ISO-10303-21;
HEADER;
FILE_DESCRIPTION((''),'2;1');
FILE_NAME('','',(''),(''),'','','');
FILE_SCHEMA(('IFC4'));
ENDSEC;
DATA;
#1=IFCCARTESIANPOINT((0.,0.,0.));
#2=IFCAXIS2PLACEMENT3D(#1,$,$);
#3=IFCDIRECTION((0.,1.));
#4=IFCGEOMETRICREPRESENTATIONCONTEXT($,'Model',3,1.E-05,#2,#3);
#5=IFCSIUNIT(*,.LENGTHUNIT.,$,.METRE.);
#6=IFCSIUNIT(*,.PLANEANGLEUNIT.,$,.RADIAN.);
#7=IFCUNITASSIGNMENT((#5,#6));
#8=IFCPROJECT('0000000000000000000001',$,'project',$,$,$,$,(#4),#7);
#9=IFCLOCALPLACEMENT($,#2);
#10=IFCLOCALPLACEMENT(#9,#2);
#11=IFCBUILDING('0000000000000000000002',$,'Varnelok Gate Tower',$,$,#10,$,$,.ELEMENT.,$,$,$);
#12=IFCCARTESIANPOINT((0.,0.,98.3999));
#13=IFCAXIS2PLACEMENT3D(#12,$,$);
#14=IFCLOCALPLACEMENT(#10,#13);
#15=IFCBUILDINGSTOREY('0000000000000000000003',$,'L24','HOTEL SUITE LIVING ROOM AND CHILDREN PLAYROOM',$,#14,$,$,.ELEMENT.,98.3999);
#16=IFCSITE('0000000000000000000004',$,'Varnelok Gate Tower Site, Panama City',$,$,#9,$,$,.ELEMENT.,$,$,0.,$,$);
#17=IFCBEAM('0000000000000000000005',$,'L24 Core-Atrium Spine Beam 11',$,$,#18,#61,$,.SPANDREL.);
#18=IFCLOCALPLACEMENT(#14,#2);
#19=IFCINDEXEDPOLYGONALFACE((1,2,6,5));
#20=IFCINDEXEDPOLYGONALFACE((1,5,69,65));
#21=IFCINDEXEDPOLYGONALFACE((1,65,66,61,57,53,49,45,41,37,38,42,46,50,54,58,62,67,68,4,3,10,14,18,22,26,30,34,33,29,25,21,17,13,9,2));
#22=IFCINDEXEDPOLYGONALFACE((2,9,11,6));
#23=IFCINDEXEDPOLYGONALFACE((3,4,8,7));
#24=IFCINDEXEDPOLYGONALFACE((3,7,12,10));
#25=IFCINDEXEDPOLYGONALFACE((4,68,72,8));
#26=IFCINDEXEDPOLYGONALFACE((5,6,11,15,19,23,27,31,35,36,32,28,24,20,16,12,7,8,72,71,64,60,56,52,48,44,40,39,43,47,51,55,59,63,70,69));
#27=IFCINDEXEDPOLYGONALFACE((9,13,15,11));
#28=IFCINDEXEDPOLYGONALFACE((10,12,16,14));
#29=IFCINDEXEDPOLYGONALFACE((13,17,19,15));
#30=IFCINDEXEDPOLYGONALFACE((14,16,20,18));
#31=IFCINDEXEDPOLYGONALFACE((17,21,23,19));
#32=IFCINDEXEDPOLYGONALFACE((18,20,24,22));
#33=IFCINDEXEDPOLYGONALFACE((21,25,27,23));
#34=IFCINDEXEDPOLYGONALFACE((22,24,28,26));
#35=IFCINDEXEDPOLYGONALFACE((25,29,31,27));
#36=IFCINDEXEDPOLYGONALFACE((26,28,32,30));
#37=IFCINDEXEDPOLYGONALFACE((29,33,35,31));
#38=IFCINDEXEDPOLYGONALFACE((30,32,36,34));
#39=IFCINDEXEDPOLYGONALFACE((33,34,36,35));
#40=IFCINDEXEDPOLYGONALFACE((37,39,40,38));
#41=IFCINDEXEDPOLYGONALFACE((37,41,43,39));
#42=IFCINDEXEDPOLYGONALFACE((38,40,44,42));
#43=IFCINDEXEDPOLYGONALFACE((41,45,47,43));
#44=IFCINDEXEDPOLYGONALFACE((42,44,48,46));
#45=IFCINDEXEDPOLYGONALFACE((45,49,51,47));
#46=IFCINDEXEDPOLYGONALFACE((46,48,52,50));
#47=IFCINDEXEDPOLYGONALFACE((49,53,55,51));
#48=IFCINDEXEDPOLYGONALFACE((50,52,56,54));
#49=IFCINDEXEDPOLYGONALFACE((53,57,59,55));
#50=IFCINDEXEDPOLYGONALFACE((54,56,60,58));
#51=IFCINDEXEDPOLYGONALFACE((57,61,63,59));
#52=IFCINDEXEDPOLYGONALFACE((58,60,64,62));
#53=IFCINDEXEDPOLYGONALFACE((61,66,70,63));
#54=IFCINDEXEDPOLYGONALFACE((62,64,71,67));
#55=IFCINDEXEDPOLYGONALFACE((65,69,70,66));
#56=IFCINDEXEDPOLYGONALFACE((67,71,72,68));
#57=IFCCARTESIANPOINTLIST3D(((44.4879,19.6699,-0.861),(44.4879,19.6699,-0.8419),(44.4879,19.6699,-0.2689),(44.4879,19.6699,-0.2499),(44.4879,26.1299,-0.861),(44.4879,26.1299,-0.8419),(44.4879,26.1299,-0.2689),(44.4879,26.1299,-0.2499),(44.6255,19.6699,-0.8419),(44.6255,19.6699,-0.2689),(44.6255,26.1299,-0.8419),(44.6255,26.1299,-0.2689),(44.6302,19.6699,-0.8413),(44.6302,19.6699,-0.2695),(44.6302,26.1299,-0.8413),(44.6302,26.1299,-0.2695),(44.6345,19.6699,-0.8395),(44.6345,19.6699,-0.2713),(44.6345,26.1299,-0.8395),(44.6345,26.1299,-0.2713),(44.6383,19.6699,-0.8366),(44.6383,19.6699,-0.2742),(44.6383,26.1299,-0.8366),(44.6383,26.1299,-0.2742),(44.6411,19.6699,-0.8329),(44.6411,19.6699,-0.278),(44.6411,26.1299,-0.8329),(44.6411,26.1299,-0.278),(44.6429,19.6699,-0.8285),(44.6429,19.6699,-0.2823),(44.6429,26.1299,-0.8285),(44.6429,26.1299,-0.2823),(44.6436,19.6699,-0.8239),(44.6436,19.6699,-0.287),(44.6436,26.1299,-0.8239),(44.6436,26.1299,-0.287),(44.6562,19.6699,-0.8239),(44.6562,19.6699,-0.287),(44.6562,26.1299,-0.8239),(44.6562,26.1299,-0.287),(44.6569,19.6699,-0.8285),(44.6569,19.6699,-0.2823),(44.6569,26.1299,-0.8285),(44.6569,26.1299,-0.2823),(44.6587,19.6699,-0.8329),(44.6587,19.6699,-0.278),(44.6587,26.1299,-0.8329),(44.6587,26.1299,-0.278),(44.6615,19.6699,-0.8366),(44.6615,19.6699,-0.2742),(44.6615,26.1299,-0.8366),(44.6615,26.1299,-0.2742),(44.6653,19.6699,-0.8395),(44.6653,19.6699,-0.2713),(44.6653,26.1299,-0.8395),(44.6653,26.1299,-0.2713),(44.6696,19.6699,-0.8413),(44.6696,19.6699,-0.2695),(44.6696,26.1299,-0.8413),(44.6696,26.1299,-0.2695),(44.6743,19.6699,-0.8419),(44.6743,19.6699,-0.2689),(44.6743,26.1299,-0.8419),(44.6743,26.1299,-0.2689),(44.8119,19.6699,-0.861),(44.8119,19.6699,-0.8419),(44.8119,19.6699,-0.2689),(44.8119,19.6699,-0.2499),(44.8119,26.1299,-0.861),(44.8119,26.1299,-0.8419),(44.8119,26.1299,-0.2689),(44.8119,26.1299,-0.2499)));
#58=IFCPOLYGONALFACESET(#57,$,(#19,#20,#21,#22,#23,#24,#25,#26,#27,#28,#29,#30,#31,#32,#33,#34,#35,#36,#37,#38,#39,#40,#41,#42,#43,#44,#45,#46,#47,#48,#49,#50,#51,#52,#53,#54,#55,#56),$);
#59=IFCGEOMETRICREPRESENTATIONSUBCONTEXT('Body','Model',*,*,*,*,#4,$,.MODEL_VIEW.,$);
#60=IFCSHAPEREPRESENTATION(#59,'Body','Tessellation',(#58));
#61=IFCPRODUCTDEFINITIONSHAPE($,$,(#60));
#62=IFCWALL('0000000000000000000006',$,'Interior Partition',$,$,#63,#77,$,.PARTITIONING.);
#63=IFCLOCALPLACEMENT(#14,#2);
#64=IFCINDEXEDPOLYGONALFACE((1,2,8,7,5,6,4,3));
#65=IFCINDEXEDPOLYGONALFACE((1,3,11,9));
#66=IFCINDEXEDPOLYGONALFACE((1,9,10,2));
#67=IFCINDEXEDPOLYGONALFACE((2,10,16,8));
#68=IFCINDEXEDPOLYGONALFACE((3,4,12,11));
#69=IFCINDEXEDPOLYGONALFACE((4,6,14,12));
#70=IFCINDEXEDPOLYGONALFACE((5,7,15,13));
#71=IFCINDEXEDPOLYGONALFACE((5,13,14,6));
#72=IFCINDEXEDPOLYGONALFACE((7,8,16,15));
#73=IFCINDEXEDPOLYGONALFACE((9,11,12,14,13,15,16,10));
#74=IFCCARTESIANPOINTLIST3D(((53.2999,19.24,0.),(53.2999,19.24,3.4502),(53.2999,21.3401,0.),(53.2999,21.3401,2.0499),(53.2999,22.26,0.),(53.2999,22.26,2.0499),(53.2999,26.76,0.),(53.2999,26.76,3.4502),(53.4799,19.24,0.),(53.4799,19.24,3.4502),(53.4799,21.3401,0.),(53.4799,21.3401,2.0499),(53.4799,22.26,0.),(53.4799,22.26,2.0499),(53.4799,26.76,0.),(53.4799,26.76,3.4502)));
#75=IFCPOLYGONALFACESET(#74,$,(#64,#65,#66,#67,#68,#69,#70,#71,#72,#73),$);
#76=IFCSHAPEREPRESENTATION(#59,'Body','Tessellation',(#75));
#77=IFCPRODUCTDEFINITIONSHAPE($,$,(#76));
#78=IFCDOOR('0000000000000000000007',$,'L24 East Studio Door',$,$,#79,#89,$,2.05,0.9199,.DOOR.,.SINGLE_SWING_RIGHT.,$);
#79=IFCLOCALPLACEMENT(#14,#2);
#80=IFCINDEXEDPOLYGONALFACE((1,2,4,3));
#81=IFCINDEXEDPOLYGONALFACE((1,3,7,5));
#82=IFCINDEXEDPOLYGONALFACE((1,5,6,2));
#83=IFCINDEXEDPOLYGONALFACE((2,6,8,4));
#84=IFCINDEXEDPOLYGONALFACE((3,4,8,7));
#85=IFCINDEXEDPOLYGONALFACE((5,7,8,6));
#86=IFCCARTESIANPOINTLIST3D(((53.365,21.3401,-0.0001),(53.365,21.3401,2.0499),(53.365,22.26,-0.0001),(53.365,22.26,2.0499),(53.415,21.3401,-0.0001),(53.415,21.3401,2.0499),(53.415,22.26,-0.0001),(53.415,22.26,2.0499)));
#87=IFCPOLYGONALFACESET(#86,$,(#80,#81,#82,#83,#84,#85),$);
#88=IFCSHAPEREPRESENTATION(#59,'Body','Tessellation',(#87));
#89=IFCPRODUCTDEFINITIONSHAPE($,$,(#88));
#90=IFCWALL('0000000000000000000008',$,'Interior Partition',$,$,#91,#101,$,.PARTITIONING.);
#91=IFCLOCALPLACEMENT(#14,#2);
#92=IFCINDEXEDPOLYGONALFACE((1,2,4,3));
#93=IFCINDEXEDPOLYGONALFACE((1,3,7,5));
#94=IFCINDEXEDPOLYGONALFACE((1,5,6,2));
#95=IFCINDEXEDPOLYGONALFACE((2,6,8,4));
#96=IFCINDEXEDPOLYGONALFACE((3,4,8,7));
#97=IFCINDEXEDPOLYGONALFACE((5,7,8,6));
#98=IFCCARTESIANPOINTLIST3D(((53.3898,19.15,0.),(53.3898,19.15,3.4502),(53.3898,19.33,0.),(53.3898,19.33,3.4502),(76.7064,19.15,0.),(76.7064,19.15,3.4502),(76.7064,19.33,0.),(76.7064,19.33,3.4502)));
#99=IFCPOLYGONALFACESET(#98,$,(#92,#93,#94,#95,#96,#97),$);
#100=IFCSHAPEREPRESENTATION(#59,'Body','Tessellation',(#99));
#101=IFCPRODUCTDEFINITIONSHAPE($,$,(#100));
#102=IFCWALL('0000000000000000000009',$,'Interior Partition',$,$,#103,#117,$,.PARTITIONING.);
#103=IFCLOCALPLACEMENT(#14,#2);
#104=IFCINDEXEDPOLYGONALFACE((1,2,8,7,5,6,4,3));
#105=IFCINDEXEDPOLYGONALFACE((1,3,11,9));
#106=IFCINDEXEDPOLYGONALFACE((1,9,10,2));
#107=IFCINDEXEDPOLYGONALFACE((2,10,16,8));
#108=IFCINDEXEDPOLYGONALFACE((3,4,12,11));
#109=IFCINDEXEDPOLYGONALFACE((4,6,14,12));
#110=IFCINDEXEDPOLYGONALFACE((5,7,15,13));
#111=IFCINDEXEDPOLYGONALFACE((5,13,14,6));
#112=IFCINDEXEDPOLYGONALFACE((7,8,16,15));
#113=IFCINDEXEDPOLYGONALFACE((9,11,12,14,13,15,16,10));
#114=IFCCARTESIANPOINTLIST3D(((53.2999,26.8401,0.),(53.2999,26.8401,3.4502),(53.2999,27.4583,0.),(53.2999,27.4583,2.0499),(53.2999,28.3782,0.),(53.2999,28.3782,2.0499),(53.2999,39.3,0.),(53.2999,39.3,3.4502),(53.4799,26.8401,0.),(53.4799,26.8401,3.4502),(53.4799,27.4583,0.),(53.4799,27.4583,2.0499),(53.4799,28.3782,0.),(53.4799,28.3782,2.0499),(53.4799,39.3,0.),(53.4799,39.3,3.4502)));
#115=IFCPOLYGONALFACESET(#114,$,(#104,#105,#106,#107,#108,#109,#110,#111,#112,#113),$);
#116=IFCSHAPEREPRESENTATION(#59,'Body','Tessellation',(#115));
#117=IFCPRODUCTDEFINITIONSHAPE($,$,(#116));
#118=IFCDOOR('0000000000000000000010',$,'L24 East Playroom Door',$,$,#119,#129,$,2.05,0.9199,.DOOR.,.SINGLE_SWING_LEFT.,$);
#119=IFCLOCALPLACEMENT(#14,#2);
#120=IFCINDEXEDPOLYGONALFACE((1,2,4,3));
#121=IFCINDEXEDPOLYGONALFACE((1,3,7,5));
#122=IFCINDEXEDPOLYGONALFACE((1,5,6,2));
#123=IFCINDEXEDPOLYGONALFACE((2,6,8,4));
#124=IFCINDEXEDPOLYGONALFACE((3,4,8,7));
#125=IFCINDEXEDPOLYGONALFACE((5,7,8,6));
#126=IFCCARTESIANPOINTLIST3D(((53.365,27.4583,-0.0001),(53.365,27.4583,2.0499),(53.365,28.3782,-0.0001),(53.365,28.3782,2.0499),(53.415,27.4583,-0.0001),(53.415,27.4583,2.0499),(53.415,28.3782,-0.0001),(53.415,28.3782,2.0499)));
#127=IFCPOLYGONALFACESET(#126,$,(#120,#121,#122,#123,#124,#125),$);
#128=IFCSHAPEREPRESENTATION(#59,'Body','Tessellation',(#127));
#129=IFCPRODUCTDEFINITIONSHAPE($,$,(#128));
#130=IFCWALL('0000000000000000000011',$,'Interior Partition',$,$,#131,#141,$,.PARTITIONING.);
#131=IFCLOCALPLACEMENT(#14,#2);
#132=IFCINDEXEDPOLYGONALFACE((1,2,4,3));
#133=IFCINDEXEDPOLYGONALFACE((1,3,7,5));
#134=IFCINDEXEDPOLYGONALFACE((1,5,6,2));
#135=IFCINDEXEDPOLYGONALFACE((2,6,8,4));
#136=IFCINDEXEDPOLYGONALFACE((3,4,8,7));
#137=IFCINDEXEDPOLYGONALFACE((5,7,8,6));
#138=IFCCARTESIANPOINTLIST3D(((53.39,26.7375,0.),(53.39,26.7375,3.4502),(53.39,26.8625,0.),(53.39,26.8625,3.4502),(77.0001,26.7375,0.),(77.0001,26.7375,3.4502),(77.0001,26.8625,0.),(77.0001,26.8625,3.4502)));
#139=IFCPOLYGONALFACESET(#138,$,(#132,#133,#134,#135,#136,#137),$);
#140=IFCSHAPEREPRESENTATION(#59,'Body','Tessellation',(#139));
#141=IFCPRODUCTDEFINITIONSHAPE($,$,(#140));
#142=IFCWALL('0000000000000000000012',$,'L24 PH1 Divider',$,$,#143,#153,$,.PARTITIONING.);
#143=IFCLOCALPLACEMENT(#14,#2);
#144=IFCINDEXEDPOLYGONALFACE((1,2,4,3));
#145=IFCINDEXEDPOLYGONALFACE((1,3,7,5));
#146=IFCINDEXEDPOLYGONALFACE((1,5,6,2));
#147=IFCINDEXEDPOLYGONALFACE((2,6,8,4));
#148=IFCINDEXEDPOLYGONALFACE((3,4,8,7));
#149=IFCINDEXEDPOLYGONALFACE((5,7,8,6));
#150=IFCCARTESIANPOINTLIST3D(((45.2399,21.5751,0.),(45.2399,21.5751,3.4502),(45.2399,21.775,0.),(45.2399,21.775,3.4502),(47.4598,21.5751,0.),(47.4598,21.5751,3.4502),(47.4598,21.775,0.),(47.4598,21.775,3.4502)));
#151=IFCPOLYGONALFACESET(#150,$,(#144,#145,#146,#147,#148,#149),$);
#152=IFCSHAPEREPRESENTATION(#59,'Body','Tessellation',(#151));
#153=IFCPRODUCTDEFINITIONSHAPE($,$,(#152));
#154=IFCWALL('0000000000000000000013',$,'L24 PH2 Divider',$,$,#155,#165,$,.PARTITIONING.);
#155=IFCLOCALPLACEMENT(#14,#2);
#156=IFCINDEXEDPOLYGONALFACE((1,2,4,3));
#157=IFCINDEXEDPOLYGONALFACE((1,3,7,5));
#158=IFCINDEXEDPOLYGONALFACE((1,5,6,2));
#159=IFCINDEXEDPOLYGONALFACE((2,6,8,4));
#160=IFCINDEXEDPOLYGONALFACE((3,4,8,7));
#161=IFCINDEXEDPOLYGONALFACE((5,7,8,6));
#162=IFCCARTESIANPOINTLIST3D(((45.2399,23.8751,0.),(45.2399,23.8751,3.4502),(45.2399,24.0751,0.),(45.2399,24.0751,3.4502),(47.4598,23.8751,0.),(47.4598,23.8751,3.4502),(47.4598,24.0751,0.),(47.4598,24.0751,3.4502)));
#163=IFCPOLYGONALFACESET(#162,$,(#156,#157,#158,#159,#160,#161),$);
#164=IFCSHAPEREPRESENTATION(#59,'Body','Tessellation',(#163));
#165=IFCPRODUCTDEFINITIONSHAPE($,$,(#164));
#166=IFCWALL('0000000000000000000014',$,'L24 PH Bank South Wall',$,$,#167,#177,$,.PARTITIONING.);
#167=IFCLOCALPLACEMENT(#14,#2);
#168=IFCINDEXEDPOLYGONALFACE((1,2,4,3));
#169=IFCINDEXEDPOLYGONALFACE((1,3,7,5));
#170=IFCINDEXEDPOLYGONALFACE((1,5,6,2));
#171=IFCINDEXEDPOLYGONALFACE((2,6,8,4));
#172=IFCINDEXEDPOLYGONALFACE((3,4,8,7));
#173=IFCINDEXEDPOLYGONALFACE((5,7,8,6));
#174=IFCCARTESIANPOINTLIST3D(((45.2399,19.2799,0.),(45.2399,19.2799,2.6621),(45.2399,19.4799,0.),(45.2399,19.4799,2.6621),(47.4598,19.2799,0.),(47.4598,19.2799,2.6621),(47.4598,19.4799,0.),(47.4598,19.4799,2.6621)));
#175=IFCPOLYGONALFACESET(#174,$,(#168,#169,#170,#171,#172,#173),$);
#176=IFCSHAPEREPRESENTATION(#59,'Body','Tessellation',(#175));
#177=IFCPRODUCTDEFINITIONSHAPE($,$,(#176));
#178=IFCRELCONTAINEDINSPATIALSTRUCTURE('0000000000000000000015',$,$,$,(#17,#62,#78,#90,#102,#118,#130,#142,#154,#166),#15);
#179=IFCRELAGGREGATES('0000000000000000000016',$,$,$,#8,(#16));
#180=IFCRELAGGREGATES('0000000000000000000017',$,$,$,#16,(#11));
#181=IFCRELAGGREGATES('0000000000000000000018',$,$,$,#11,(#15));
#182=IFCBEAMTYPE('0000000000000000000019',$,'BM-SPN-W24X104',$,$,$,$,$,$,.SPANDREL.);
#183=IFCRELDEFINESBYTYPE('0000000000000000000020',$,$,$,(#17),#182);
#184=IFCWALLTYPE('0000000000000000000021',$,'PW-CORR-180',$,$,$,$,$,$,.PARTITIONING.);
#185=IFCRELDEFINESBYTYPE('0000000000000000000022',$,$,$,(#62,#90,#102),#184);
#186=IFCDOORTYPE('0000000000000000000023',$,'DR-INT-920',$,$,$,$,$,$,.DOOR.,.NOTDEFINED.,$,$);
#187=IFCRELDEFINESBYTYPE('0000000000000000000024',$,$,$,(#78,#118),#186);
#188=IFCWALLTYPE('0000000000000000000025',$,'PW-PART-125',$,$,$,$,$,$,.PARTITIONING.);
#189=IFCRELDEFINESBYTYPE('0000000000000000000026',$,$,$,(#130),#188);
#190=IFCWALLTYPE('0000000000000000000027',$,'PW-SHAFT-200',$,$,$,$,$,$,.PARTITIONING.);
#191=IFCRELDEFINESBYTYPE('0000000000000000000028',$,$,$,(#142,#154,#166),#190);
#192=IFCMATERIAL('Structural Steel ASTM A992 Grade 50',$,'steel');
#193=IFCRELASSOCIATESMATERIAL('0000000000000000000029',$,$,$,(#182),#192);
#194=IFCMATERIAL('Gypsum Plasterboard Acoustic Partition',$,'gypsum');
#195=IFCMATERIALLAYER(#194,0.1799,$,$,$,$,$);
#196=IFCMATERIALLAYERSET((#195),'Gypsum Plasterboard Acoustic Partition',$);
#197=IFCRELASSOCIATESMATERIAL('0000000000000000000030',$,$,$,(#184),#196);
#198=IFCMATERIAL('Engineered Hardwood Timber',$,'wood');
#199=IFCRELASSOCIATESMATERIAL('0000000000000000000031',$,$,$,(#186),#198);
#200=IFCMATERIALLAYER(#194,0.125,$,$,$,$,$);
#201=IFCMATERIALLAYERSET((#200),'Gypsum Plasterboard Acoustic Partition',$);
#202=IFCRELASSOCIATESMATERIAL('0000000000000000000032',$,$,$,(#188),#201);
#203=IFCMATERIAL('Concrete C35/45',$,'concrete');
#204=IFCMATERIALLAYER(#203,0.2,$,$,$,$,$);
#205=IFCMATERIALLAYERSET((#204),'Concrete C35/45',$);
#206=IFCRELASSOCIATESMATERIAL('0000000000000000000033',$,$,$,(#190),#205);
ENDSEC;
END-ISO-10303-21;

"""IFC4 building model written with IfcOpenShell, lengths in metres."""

from ifc_helpers import new_model, si_unit, direction, frame, frame_2d, origin, origin_2d, place, context, subcontext, project, spatial, rectangle, i_section, extrude, material, layer, layer_set, material_profile, profile_set, type_object, element, fill, save


model = new_model("IFC4")

# Units and contexts
model_context = context("Model", 3, precision=1e-05, world=origin(), true_north=direction((0.0, 1.0)))
body_context = subcontext(model_context, "Body", "Model", "MODEL_VIEW")
ifc_project = project(units=[si_unit("LENGTHUNIT", "METRE"), si_unit("PLANEANGLEUNIT", "RADIAN")], contexts=[model_context])

# Site, building, storey
site_placement = place(None, origin())
site = spatial("IfcSite", under=ifc_project, at=site_placement, Name="Varnelok Gate Tower Site, Panama City", CompositionType="ELEMENT", RefElevation=0.0)
building_placement = place(site_placement, origin())
building = spatial("IfcBuilding", under=site, at=building_placement, Name="Varnelok Gate Tower", CompositionType="ELEMENT")
storey_placement = place(building_placement, frame((0.0, 0.0, 98.3999)))
storey = spatial("IfcBuildingStorey", under=building, at=storey_placement, Name="L24", Description="HOTEL SUITE LIVING ROOM AND CHILDREN PLAYROOM", CompositionType="ELEMENT", Elevation=98.3999)

# Shared definitions
ifc_material_1 = material(Name="Structural Steel ASTM A992 Grade 50", Category="steel")

# Beam
ifc_material_profile_1 = material_profile(ifc_material_1, i_section(OverallWidth=0.324, OverallDepth=0.6111, WebThickness=0.0127, FlangeThickness=0.019, FilletRadius=0.0181, at=origin_2d()), Name="W24X104")
ifc_profile_set_1 = profile_set([ifc_material_profile_1], Name="Structural Steel ASTM A992 Grade 50")
beam_type_1 = type_object("IfcBeamType", Name="BM-SPN-W24X104", PredefinedType="SPANDREL", material=ifc_profile_set_1)
beam_1_placement = place(storey_placement, frame((44.6499, 19.6699, -0.5554), z_axis=(0.0, 1.0, 0.0), x_axis=(-1.0, 0.0, 0.0)))
element("IfcBeam", 1, at=beam_1_placement, inside=storey, type_object=beam_type_1, Name="L24 Core-Atrium Spine Beam 11", PredefinedType="SPANDREL", context=body_context, shape_type="SweptSolid", body=[
    extrude(i_section(OverallWidth=0.324, OverallDepth=0.6111, WebThickness=0.0127, FlangeThickness=0.019, FilletRadius=0.0181, at=origin_2d()), origin(), (0.0, 0.0, 1.0), 6.46),
])

# Wall, opening, door
ifc_material_2 = material(Name="Gypsum Plasterboard Acoustic Partition", Category="gypsum")
ifc_layer_1 = layer(ifc_material_2, 0.1799)
ifc_layer_set_1 = layer_set([ifc_layer_1], Name="Gypsum Plasterboard Acoustic Partition")
wall_type_1 = type_object("IfcWallType", Name="PW-CORR-180", PredefinedType="PARTITIONING", material=ifc_layer_set_1)
wall_1_placement = place(storey_placement, frame((53.3899, 19.24, 0.0), z_axis=(0.0, 0.0, 1.0), x_axis=(0.0, 1.0, 0.0)))
wall_1 = element("IfcWall", 2, at=wall_1_placement, inside=storey, type_object=wall_type_1, Name="Interior Partition", PredefinedType="PARTITIONING", context=body_context, shape_type="SweptSolid", body=[
    extrude(rectangle(XDim=7.52, YDim=0.1799, at=frame_2d((3.76, 0.0))), origin(), (0.0, 0.0, 1.0), 3.4502),
])
opening_1_placement = place(wall_1_placement, frame((2.1001, 0.0, 0.0)))
opening_1 = element("IfcOpeningElement", 3, at=opening_1_placement, cuts=wall_1, PredefinedType="OPENING", context=body_context, shape_type="SweptSolid", body=[
    extrude(rectangle(XDim=0.9199, YDim=2.05, at=frame_2d((0.46, 1.0249))), frame((0.0, 0.0999, 0.0), z_axis=(0.0, -1.0, 0.0), x_axis=(1.0, 0.0, 0.0)), (0.0, 0.0, 1.0), 0.2),
])
ifc_material_3 = material(Name="Engineered Hardwood Timber", Category="wood")
door_type = type_object("IfcDoorType", Name="DR-INT-920", OperationType="NOTDEFINED", PredefinedType="DOOR", material=ifc_material_3)
door_1_placement = place(opening_1_placement, origin())
door_1 = element("IfcDoor", 4, at=door_1_placement, inside=storey, type_object=door_type, Name="L24 East Studio Door", OperationType="SINGLE_SWING_RIGHT", OverallHeight=2.05, OverallWidth=0.9199, PredefinedType="DOOR", context=body_context, shape_type="SweptSolid", body=[
    extrude(rectangle(XDim=0.9199, YDim=2.05, at=frame_2d((0.46, 1.0249))), frame((0.0, 0.0249, 0.0), z_axis=(0.0, -1.0, 0.0), x_axis=(1.0, 0.0, 0.0)), (0.0, 0.0, 1.0), 0.05),
])
fill(opening_1, door_1)

# Wall
wall_2_placement = place(storey_placement, frame((53.3899, 19.24, 0.0), z_axis=(0.0, 0.0, 1.0), x_axis=(1.0, 0.0, 0.0)))
element("IfcWall", 5, at=wall_2_placement, inside=storey, type_object=wall_type_1, Name="Interior Partition", PredefinedType="PARTITIONING", context=body_context, shape_type="SweptSolid", body=[
    extrude(rectangle(XDim=23.3167, YDim=0.1799, at=frame_2d((11.6582, 0.0))), origin(), (0.0, 0.0, 1.0), 3.4502),
])

# Wall, opening, door
wall_3_placement = place(storey_placement, frame((53.3899, 26.8401, 0.0), z_axis=(0.0, 0.0, 1.0), x_axis=(0.0, 1.0, 0.0)))
wall_3 = element("IfcWall", 6, at=wall_3_placement, inside=storey, type_object=wall_type_1, Name="Interior Partition", PredefinedType="PARTITIONING", context=body_context, shape_type="SweptSolid", body=[
    extrude(rectangle(XDim=12.46, YDim=0.1799, at=frame_2d((6.23, 0.0))), origin(), (0.0, 0.0, 1.0), 3.4502),
])
opening_2_placement = place(wall_3_placement, frame((0.6182, 0.0, 0.0)))
opening_2 = element("IfcOpeningElement", 7, at=opening_2_placement, cuts=wall_3, PredefinedType="OPENING", context=body_context, shape_type="SweptSolid", body=[
    extrude(rectangle(XDim=0.9199, YDim=2.05, at=frame_2d((0.46, 1.0249))), frame((0.0, 0.0999, 0.0), z_axis=(0.0, -1.0, 0.0), x_axis=(1.0, 0.0, 0.0)), (0.0, 0.0, 1.0), 0.2),
])
door_2_placement = place(opening_2_placement, origin())
door_2 = element("IfcDoor", 8, at=door_2_placement, inside=storey, type_object=door_type, Name="L24 East Playroom Door", OperationType="SINGLE_SWING_LEFT", OverallHeight=2.05, OverallWidth=0.9199, PredefinedType="DOOR", context=body_context, shape_type="SweptSolid", body=[
    extrude(rectangle(XDim=0.9199, YDim=2.05, at=frame_2d((0.46, 1.0249))), frame((0.0, 0.0249, 0.0), z_axis=(0.0, -1.0, 0.0), x_axis=(1.0, 0.0, 0.0)), (0.0, 0.0, 1.0), 0.05),
])
fill(opening_2, door_2)

# Walls
ifc_layer_2 = layer(ifc_material_2, 0.125)
ifc_layer_set_2 = layer_set([ifc_layer_2], Name="Gypsum Plasterboard Acoustic Partition")
wall_type_2 = type_object("IfcWallType", Name="PW-PART-125", PredefinedType="PARTITIONING", material=ifc_layer_set_2)
wall_4_placement = place(storey_placement, frame((53.3899, 26.8, 0.0), z_axis=(0.0, 0.0, 1.0), x_axis=(1.0, 0.0, 0.0)))
element("IfcWall", 9, at=wall_4_placement, inside=storey, type_object=wall_type_2, Name="Interior Partition", PredefinedType="PARTITIONING", context=body_context, shape_type="SweptSolid", body=[
    extrude(rectangle(XDim=23.6101, YDim=0.125, at=frame_2d((11.8052, 0.0))), origin(), (0.0, 0.0, 1.0), 3.4502),
])
ifc_material_4 = material(Name="Concrete C35/45", Category="concrete")
ifc_layer_3 = layer(ifc_material_4, 0.2)
ifc_layer_set_3 = layer_set([ifc_layer_3], Name="Concrete C35/45")
wall_type_3 = type_object("IfcWallType", Name="PW-SHAFT-200", PredefinedType="PARTITIONING", material=ifc_layer_set_3)
for number, where, z_axis, x_axis, name in (
    (10, (45.24, 21.675, 0.0), (0.0, 0.0, 1.0), (1.0, 0.0, 0.0), "L24 PH1 Divider"),
    (11, (45.24, 23.9751, 0.0), (0.0, 0.0, 1.0), (1.0, 0.0, 0.0), "L24 PH2 Divider"),
):
    element("IfcWall", number, at=place(storey_placement, frame(where, z_axis=z_axis, x_axis=x_axis)), inside=storey, type_object=wall_type_3, Name=name, PredefinedType="PARTITIONING", context=body_context, shape_type="SweptSolid", body=[
        extrude(rectangle(XDim=2.22, YDim=0.2, at=frame_2d((1.1099, 0.0))), origin(), (0.0, 0.0, 1.0), 3.4502),
    ])
wall_5_placement = place(storey_placement, frame((45.24, 19.3799, 0.0), z_axis=(0.0, 0.0, 1.0), x_axis=(1.0, 0.0, 0.0)))
element("IfcWall", 12, at=wall_5_placement, inside=storey, type_object=wall_type_3, Name="L24 PH Bank South Wall", PredefinedType="PARTITIONING", context=body_context, shape_type="SweptSolid", body=[
    extrude(rectangle(XDim=2.22, YDim=0.2, at=frame_2d((1.1099, 0.0))), origin(), (0.0, 0.0, 1.0), 2.6621),
])

save(model, "model.ifc")
